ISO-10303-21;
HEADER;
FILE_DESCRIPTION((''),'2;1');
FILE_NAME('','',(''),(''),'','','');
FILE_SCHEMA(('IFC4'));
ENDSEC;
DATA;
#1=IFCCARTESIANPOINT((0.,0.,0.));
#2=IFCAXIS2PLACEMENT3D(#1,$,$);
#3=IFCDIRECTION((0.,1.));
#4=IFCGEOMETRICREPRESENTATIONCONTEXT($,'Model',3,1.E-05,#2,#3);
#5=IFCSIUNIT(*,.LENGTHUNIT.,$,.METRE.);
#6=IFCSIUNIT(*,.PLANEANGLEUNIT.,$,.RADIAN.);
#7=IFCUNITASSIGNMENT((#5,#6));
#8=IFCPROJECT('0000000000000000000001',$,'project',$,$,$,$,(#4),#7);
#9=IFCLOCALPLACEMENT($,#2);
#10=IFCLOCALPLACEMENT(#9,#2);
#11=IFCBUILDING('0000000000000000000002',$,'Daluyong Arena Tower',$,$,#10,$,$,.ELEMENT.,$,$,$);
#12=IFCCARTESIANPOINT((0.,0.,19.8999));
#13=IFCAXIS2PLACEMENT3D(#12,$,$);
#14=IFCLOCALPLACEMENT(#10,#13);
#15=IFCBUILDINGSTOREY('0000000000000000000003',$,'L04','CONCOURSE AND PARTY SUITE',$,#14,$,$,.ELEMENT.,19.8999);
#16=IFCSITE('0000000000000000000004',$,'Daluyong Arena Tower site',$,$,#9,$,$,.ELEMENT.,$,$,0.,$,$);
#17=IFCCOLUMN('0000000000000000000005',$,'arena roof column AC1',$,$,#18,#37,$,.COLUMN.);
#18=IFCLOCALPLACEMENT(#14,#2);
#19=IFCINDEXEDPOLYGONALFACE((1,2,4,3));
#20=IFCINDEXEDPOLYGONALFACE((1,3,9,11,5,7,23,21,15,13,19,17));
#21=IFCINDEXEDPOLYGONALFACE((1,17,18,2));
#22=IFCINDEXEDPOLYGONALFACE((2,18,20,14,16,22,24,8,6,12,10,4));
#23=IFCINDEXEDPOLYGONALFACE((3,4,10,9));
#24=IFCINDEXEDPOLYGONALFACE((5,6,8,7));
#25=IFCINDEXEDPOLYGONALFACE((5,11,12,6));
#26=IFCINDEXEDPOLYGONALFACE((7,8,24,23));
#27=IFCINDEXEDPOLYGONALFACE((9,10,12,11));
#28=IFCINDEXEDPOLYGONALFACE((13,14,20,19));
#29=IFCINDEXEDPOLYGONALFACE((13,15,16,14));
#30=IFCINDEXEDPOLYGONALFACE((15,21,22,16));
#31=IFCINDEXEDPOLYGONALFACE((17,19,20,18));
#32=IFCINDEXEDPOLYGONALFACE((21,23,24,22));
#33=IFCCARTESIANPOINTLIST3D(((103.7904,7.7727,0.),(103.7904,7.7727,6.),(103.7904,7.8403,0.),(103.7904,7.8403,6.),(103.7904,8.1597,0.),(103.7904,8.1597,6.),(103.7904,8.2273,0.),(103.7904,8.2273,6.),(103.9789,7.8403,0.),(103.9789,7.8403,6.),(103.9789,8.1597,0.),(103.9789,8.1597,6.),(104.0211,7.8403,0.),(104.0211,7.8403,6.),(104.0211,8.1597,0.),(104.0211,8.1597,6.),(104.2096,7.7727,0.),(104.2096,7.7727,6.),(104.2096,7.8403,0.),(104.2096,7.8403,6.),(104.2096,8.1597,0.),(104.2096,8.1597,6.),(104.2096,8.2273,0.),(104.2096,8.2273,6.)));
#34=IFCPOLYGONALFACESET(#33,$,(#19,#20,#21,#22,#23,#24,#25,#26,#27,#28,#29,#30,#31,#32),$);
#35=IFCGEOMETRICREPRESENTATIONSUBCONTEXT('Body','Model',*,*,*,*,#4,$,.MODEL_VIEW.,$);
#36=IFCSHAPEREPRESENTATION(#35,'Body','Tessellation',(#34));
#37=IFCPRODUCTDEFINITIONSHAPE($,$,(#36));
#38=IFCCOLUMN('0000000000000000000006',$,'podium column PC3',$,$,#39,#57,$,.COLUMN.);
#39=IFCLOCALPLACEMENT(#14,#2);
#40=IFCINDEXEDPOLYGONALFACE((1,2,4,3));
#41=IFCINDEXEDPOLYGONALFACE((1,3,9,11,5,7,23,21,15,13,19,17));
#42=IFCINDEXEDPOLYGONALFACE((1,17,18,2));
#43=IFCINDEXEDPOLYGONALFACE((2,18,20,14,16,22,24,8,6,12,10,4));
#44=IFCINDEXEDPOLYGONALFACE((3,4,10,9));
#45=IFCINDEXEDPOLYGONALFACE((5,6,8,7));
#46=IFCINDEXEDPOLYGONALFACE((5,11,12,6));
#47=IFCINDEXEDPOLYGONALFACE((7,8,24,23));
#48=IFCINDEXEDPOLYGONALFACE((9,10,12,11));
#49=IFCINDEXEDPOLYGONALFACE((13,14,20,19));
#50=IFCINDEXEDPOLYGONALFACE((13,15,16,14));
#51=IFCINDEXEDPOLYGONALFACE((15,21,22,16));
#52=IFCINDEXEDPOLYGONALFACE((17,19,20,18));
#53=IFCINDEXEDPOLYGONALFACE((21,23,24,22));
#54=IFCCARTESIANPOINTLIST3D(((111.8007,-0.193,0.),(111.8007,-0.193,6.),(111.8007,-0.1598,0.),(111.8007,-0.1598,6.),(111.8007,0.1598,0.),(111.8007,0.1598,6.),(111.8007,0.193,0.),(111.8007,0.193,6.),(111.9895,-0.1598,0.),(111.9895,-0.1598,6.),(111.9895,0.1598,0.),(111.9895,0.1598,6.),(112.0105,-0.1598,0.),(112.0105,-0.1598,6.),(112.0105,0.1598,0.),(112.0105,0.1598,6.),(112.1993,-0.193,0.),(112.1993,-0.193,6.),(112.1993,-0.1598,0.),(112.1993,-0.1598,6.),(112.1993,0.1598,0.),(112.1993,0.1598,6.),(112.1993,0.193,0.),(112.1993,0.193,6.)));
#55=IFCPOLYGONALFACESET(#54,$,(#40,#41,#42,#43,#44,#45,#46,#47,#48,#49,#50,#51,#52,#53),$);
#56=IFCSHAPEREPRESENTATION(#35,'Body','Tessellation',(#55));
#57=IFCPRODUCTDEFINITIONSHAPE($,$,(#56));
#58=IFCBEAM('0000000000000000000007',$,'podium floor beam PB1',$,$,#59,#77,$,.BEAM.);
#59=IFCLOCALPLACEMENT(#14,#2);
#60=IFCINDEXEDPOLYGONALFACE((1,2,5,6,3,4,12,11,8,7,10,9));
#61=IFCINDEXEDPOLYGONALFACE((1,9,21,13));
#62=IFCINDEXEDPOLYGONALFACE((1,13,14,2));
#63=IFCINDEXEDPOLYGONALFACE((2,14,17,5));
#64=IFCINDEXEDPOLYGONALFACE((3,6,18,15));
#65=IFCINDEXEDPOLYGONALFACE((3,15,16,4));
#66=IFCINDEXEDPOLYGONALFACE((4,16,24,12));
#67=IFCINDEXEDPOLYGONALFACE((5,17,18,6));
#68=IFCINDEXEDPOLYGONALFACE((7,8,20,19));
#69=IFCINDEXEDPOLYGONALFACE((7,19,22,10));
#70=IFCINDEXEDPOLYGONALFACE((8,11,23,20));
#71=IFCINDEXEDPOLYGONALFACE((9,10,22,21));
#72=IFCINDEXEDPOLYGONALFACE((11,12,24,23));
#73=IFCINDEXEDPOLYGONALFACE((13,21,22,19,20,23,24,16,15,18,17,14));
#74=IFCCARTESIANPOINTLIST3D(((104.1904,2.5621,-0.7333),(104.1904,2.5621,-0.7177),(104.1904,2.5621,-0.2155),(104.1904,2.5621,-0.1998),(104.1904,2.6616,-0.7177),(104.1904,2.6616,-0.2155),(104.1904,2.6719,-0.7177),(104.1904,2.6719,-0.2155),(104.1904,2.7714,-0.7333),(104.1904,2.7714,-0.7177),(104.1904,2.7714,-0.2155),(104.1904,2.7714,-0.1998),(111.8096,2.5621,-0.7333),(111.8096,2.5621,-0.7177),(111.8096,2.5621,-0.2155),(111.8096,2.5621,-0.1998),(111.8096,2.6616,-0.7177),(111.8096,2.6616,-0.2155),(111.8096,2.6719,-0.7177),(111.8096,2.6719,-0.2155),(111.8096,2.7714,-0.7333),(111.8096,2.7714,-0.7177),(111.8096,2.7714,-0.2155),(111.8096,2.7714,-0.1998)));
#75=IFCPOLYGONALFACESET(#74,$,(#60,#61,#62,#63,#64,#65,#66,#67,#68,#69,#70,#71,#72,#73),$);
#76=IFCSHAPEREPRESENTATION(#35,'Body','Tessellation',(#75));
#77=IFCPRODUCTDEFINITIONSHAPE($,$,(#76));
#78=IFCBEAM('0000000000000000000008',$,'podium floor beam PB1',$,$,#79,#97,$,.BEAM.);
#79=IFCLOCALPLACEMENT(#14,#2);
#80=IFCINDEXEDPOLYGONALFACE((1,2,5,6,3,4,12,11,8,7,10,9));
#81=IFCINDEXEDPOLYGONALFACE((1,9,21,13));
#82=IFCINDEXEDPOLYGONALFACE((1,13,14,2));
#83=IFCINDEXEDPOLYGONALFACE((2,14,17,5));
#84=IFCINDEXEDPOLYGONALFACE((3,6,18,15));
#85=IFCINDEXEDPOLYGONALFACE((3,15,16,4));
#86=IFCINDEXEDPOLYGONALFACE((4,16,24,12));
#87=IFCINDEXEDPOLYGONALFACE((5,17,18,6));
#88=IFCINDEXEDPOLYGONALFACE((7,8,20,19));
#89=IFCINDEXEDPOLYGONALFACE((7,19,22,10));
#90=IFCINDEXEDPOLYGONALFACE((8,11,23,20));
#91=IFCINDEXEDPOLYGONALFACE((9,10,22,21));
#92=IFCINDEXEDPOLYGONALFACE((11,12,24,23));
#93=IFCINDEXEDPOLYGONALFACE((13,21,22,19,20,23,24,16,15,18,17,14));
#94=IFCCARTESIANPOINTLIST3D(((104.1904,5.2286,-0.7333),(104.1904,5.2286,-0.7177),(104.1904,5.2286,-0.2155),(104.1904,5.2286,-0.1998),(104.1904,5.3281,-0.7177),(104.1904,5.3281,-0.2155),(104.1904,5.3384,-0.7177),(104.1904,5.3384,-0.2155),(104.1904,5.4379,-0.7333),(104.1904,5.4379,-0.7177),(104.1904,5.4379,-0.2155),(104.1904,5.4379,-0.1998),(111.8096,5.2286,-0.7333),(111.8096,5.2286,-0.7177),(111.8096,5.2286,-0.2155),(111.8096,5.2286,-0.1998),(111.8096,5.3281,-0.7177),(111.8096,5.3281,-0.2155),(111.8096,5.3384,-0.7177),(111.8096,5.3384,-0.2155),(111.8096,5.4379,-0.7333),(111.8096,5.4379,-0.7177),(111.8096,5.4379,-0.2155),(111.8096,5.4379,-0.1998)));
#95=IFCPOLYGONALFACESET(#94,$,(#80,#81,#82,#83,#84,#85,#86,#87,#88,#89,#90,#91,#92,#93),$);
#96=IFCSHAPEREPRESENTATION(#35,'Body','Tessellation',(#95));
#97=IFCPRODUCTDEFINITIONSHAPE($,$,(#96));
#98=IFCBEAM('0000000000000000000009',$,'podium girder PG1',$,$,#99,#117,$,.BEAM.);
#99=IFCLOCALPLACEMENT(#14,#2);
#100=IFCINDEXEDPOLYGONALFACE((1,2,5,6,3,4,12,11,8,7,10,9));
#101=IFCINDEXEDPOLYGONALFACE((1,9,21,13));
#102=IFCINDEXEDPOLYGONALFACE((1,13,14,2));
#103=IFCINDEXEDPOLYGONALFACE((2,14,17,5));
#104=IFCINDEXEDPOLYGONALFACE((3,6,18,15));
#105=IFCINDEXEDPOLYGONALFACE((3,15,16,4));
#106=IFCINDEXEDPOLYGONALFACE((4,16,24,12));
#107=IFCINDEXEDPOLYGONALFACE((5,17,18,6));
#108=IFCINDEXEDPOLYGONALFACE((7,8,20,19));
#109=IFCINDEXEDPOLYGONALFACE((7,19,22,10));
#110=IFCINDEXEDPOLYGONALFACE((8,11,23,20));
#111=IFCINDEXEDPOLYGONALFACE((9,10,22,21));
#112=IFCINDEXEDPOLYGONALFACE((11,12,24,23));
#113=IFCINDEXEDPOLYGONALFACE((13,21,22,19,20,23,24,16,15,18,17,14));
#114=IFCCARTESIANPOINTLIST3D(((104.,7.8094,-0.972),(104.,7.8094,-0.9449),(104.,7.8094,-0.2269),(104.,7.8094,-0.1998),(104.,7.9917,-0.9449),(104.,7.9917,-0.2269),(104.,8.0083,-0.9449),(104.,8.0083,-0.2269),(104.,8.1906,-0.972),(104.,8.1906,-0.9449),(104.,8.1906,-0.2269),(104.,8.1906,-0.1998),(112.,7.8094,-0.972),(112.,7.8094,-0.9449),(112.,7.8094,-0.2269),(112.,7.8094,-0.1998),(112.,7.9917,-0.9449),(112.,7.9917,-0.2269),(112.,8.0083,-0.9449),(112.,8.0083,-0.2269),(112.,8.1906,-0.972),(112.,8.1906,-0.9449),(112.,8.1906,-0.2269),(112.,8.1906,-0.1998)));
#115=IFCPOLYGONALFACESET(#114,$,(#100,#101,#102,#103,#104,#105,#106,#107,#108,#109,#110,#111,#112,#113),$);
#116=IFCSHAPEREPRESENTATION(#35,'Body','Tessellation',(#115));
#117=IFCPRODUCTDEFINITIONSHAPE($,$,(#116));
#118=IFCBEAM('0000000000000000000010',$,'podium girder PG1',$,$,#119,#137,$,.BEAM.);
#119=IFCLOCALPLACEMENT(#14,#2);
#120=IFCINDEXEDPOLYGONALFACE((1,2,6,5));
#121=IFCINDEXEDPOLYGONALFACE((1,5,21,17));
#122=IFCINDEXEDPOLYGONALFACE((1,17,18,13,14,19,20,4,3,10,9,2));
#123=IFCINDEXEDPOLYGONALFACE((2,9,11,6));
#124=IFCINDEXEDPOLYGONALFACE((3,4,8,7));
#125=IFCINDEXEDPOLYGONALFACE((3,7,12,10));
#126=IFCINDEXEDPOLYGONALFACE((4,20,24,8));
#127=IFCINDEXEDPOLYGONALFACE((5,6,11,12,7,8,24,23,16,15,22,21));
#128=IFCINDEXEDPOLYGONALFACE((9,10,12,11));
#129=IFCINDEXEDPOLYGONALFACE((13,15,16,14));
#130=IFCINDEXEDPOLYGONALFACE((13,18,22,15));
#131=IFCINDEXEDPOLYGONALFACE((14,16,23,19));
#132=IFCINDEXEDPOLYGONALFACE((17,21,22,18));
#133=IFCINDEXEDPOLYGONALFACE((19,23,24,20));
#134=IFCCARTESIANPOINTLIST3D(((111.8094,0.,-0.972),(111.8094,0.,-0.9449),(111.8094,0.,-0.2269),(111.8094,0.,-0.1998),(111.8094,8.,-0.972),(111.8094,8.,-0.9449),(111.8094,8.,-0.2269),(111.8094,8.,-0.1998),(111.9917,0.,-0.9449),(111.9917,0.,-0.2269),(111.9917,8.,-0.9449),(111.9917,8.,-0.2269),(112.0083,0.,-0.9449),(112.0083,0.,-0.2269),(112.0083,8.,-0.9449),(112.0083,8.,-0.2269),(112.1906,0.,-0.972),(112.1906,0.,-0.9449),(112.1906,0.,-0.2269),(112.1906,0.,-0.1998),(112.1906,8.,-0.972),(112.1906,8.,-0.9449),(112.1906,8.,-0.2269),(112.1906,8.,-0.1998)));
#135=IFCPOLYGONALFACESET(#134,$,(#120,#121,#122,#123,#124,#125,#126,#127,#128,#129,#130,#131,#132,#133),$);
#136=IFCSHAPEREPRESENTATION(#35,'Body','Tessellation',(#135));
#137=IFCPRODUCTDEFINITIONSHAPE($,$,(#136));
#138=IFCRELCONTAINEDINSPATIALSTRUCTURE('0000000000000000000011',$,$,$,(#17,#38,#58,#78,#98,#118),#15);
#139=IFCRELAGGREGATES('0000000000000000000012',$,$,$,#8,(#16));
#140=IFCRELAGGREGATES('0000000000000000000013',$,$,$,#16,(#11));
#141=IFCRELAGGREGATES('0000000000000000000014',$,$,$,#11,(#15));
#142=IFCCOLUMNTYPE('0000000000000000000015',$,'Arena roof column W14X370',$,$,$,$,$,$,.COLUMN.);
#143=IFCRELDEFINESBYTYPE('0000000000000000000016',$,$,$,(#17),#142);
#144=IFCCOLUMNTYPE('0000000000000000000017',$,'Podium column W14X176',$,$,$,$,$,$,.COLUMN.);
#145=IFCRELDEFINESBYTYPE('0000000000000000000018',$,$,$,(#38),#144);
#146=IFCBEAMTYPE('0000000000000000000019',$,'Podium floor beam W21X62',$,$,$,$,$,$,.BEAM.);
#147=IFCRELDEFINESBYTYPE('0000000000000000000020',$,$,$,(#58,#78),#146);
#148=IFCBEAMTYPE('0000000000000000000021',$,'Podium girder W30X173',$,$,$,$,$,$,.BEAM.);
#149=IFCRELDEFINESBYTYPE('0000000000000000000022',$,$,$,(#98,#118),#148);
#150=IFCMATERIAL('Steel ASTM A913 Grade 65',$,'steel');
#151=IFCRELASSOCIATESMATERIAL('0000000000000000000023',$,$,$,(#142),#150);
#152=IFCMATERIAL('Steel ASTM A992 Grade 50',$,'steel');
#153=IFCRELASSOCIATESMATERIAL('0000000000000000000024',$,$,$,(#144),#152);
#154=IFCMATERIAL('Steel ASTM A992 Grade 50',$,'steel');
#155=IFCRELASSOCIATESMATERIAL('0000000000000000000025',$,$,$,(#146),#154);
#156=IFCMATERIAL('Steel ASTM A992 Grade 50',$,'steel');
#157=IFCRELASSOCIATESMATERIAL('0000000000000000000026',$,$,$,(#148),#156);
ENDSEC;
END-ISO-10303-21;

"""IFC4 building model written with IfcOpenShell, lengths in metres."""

from ifc_helpers import new_model, si_unit, direction, frame, origin, origin_2d, place, context, subcontext, project, spatial, i_section, extrude, material, material_profile, profile_set, type_object, element, save


model = new_model("IFC4")

# Units and contexts
model_context = context("Model", 3, precision=1e-05, world=origin(), true_north=direction((0.0, 1.0)))
body_context = subcontext(model_context, "Body", "Model", "MODEL_VIEW")
ifc_project = project(units=[si_unit("LENGTHUNIT", "METRE"), si_unit("PLANEANGLEUNIT", "RADIAN")], contexts=[model_context])

# Site, building, storey
site_placement = place(None, origin())
site = spatial("IfcSite", under=ifc_project, at=site_placement, Name="Daluyong Arena Tower site", CompositionType="ELEMENT", RefElevation=0.0)
building_placement = place(site_placement, origin())
building = spatial("IfcBuilding", under=site, at=building_placement, Name="Daluyong Arena Tower", CompositionType="ELEMENT")
storey_placement = place(building_placement, frame((0.0, 0.0, 19.8999)))
storey = spatial("IfcBuildingStorey", under=building, at=storey_placement, Name="L04", Description="CONCOURSE AND PARTY SUITE", CompositionType="ELEMENT", Elevation=19.8999)

# Columns
ifc_material_1 = material(Name="Steel ASTM A913 Grade 65", Category="steel")
ifc_material_profile_1 = material_profile(ifc_material_1, i_section(OverallWidth=0.4192, OverallDepth=0.4546, WebThickness=0.0422, FlangeThickness=0.0676, at=origin_2d()))
ifc_profile_set_1 = profile_set([ifc_material_profile_1], Name="Steel ASTM A913 Grade 65")
column_type_1 = type_object("IfcColumnType", Name="Arena roof column W14X370", PredefinedType="COLUMN", material=ifc_profile_set_1)
column_1_placement = place(storey_placement, frame((104.0, 8.0, 0.0), z_axis=(0.0, 0.0, 1.0), x_axis=(1.0, 0.0, 0.0)))
element("IfcColumn", 1, at=column_1_placement, inside=storey, type_object=column_type_1, Name="arena roof column AC1", PredefinedType="COLUMN", context=body_context, shape_type="SweptSolid", body=[
    extrude(i_section(OverallWidth=0.4192, OverallDepth=0.4546, WebThickness=0.0422, FlangeThickness=0.0676, at=origin_2d()), origin(), (0.0, 0.0, 1.0), 6.0),
])
ifc_material_2 = material(Name="Steel ASTM A992 Grade 50", Category="steel")
ifc_material_profile_2 = material_profile(ifc_material_2, i_section(OverallWidth=0.3987, OverallDepth=0.386, WebThickness=0.021, FlangeThickness=0.0332, at=origin_2d()))
ifc_profile_set_2 = profile_set([ifc_material_profile_2], Name="Steel ASTM A992 Grade 50")
column_type_2 = type_object("IfcColumnType", Name="Podium column W14X176", PredefinedType="COLUMN", material=ifc_profile_set_2)
column_2_placement = place(storey_placement, frame((112.0, 0.0, 0.0), z_axis=(0.0, 0.0, 1.0), x_axis=(1.0, 0.0, 0.0)))
element("IfcColumn", 2, at=column_2_placement, inside=storey, type_object=column_type_2, Name="podium column PC3", PredefinedType="COLUMN", context=body_context, shape_type="SweptSolid", body=[
    extrude(i_section(OverallWidth=0.3987, OverallDepth=0.386, WebThickness=0.021, FlangeThickness=0.0332, at=origin_2d()), origin(), (0.0, 0.0, 1.0), 6.0),
])

# Beams
ifc_material_3 = material(Name="Steel ASTM A992 Grade 50", Category="steel")
ifc_material_profile_3 = material_profile(ifc_material_3, i_section(OverallWidth=0.2092, OverallDepth=0.5334, WebThickness=0.0103, FlangeThickness=0.0156, at=origin_2d()))
ifc_profile_set_3 = profile_set([ifc_material_profile_3], Name="Steel ASTM A992 Grade 50")
beam_type_1 = type_object("IfcBeamType", Name="Podium floor beam W21X62", PredefinedType="BEAM", material=ifc_profile_set_3)
for number, where, z_axis, x_axis, name in (
    (3, (104.1904, 2.6667, -0.4666), (1.0, 0.0, 0.0), (0.0, 1.0, 0.0), "podium floor beam PB1"),
    (4, (104.1904, 5.3333, -0.4666), (1.0, 0.0, 0.0), (0.0, 1.0, 0.0), "podium floor beam PB1"),
):
    element("IfcBeam", number, at=place(storey_placement, frame(where, z_axis=z_axis, x_axis=x_axis)), inside=storey, type_object=beam_type_1, Name=name, PredefinedType="BEAM", context=body_context, shape_type="SweptSolid", body=[
        extrude(i_section(OverallWidth=0.2092, OverallDepth=0.5334, WebThickness=0.0103, FlangeThickness=0.0156, at=origin_2d()), origin(), (0.0, 0.0, 1.0), 7.6191),
    ])
ifc_material_4 = material(Name="Steel ASTM A992 Grade 50", Category="steel")
ifc_material_profile_4 = material_profile(ifc_material_4, i_section(OverallWidth=0.3811, OverallDepth=0.7722, WebThickness=0.0166, FlangeThickness=0.0271, at=origin_2d()))
ifc_profile_set_4 = profile_set([ifc_material_profile_4], Name="Steel ASTM A992 Grade 50")
beam_type_2 = type_object("IfcBeamType", Name="Podium girder W30X173", PredefinedType="BEAM", material=ifc_profile_set_4)
for number, where, z_axis, x_axis, name in (
    (5, (104.0, 8.0, -0.5859), (1.0, 0.0, 0.0), (0.0, 1.0, 0.0), "podium girder PG1"),
    (6, (112.0, 0.0, -0.5859), (0.0, 1.0, 0.0), (-1.0, 0.0, 0.0), "podium girder PG1"),
):
    element("IfcBeam", number, at=place(storey_placement, frame(where, z_axis=z_axis, x_axis=x_axis)), inside=storey, type_object=beam_type_2, Name=name, PredefinedType="BEAM", context=body_context, shape_type="SweptSolid", body=[
        extrude(i_section(OverallWidth=0.3811, OverallDepth=0.7722, WebThickness=0.0166, FlangeThickness=0.0271, at=origin_2d()), origin(), (0.0, 0.0, 1.0), 8.0),
    ])

save(model, "model.ifc")
